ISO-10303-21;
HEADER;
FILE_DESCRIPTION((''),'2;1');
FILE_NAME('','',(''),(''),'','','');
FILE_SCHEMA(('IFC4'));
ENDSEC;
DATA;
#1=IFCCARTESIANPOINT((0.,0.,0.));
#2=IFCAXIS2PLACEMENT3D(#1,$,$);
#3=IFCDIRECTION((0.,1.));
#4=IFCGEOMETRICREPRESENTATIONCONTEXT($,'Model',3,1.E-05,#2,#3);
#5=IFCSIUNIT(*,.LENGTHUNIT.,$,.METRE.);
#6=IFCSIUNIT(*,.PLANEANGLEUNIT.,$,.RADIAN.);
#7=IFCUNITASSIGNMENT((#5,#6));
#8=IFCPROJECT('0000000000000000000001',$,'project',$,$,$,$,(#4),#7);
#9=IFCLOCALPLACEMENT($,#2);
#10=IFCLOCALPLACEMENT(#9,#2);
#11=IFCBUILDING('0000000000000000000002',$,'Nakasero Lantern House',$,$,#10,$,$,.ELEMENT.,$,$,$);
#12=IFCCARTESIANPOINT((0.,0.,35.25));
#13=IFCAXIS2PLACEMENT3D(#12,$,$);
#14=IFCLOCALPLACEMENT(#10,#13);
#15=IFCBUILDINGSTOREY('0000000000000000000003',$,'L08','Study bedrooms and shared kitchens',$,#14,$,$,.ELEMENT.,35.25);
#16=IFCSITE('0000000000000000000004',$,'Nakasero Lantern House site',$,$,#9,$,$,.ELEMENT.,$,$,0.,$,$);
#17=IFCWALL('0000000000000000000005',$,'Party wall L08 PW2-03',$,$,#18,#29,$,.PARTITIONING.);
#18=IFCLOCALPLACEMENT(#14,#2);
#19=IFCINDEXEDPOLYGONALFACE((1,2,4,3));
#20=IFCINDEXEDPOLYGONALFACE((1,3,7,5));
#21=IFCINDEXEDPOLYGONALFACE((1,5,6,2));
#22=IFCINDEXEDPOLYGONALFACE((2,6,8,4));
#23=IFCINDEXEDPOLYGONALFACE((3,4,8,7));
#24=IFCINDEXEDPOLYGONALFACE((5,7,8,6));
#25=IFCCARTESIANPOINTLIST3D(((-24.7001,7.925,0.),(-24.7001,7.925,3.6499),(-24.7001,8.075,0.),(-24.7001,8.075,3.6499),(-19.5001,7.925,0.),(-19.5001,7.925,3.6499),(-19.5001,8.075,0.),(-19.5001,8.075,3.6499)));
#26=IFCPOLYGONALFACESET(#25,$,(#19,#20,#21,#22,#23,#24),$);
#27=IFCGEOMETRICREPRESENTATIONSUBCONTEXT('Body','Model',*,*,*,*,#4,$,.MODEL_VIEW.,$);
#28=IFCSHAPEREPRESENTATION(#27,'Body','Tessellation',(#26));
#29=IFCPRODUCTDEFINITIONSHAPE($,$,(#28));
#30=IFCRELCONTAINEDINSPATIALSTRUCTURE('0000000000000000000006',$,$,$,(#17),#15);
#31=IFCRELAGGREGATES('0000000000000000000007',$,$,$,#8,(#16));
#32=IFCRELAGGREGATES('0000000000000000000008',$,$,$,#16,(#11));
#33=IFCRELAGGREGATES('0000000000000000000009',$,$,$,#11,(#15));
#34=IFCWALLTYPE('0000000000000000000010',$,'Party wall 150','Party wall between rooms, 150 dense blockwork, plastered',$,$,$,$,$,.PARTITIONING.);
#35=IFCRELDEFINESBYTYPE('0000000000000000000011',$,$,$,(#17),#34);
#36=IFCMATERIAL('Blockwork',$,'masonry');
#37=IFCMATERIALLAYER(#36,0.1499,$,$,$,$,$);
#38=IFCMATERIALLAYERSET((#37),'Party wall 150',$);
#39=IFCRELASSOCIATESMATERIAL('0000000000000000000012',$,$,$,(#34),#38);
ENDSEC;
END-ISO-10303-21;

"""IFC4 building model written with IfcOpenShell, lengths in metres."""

from ifc_helpers import new_model, si_unit, direction, frame, frame_2d, origin, place, context, subcontext, project, spatial, rectangle, extrude, material, layer, layer_set, type_object, element, save


model = new_model("IFC4")

# Units and contexts
model_context = context("Model", 3, precision=1e-05, world=origin(), true_north=direction((0.0, 1.0)))
body_context = subcontext(model_context, "Body", "Model", "MODEL_VIEW")
ifc_project = project(units=[si_unit("LENGTHUNIT", "METRE"), si_unit("PLANEANGLEUNIT", "RADIAN")], contexts=[model_context])

# Site, building, storey
site_placement = place(None, origin())
site = spatial("IfcSite", under=ifc_project, at=site_placement, Name="Nakasero Lantern House site", CompositionType="ELEMENT", RefElevation=0.0)
building_placement = place(site_placement, origin())
building = spatial("IfcBuilding", under=site, at=building_placement, Name="Nakasero Lantern House", CompositionType="ELEMENT")
storey_placement = place(building_placement, frame((0.0, 0.0, 35.25)))
storey = spatial("IfcBuildingStorey", under=building, at=storey_placement, Name="L08", Description="Study bedrooms and shared kitchens", CompositionType="ELEMENT", Elevation=35.25)

# Wall
ifc_material_1 = material(Name="Blockwork", Category="masonry")
ifc_layer_1 = layer(ifc_material_1, 0.1499)
ifc_layer_set_1 = layer_set([ifc_layer_1], Name="Party wall 150")
wall_type_1 = type_object("IfcWallType", Name="Party wall 150", Description="Party wall between rooms, 150 dense blockwork, plastered", PredefinedType="PARTITIONING", material=ifc_layer_set_1)
wall_1_placement = place(storey_placement, frame((-19.5, 8.0, 0.0), z_axis=(0.0, 0.0, 1.0), x_axis=(-1.0, 0.0, 0.0)))
element("IfcWall", 1, at=wall_1_placement, inside=storey, type_object=wall_type_1, Name="Party wall L08 PW2-03", PredefinedType="PARTITIONING", context=body_context, shape_type="SweptSolid", body=[
    extrude(rectangle(XDim=5.2, YDim=0.1499, at=frame_2d((2.6001, 0.0))), origin(), (0.0, 0.0, 1.0), 3.6499),
])

save(model, "model.ifc")
